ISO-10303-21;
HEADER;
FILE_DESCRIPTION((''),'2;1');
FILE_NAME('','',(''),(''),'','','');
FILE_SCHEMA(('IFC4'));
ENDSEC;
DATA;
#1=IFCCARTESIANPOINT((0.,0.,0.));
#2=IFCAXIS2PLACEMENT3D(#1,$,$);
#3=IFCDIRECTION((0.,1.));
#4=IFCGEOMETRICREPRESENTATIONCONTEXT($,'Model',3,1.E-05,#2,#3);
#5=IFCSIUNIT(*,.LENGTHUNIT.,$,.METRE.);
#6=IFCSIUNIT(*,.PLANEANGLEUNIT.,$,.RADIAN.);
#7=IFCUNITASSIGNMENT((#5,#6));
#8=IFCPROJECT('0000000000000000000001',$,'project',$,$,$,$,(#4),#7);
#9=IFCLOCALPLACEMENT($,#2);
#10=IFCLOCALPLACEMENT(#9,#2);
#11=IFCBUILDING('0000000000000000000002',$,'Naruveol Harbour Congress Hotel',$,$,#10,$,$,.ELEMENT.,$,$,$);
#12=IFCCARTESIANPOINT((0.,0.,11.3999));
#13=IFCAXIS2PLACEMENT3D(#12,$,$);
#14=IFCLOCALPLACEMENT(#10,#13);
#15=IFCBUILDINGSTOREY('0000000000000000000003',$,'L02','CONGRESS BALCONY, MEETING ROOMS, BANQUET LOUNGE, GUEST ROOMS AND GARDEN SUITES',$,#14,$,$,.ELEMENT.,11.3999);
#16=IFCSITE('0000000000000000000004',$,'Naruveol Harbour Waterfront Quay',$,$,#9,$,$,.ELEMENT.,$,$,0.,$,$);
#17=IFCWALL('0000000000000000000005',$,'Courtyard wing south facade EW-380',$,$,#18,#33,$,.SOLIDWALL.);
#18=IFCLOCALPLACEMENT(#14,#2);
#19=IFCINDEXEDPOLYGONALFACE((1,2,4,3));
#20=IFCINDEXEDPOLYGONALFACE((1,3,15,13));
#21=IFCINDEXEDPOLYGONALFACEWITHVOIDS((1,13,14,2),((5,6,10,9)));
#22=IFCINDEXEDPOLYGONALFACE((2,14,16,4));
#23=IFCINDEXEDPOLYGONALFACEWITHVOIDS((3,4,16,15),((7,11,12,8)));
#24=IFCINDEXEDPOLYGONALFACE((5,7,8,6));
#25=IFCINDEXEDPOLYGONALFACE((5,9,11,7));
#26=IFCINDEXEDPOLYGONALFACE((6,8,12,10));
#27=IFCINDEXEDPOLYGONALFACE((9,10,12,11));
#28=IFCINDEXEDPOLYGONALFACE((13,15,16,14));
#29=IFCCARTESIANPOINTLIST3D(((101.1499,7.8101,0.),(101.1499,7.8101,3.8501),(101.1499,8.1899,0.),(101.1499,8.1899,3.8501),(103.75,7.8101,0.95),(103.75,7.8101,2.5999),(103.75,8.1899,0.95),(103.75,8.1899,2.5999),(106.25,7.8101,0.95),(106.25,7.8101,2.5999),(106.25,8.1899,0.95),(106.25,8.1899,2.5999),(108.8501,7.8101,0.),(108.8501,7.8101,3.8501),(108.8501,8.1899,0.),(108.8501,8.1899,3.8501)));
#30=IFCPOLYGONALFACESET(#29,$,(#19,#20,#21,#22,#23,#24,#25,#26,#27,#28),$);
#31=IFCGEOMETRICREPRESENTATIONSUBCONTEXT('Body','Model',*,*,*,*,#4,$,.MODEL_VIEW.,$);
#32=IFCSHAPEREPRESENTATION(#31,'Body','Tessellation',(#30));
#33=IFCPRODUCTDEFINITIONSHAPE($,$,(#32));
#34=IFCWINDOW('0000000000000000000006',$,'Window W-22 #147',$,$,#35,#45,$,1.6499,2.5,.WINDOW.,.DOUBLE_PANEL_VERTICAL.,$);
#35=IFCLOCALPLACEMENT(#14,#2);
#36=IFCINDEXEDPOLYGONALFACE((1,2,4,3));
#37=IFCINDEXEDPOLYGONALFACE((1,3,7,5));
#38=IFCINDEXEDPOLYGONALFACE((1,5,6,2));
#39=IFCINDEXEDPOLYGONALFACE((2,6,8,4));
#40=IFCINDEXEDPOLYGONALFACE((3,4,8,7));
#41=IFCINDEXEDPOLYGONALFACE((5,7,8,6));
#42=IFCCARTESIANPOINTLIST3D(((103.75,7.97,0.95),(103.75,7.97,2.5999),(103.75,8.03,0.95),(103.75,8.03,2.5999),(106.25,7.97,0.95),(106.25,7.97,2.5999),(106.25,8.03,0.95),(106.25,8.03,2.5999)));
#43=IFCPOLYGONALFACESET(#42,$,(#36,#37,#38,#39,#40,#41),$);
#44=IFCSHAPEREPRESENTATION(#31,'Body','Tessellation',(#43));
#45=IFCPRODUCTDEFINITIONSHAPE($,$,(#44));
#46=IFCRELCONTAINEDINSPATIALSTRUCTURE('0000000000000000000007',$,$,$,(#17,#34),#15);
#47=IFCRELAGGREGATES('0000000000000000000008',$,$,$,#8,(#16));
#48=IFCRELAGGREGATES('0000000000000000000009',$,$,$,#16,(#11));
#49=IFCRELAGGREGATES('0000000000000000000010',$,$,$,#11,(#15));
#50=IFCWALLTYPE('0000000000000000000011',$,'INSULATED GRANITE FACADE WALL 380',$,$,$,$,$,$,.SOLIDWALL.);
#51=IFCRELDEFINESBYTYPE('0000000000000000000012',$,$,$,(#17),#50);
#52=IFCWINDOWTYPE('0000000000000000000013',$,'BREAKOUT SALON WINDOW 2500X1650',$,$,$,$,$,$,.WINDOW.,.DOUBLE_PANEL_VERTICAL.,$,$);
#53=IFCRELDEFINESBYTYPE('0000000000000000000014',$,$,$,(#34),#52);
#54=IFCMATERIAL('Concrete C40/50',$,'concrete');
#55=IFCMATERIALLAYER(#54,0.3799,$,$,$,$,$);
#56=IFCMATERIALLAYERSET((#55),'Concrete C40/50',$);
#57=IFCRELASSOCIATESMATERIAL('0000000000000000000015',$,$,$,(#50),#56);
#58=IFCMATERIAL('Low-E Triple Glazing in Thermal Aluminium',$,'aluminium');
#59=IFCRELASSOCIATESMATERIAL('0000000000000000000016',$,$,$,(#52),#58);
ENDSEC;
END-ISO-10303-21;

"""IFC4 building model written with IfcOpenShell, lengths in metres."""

from ifc_helpers import new_model, si_unit, direction, frame, frame_2d, origin, place, context, subcontext, project, spatial, rectangle, extrude, material, layer, layer_set, type_object, element, fill, save


model = new_model("IFC4")

# Units and contexts
model_context = context("Model", 3, precision=1e-05, world=origin(), true_north=direction((0.0, 1.0)))
body_context = subcontext(model_context, "Body", "Model", "MODEL_VIEW")
ifc_project = project(units=[si_unit("LENGTHUNIT", "METRE"), si_unit("PLANEANGLEUNIT", "RADIAN")], contexts=[model_context])

# Site, building, storey
site_placement = place(None, origin())
site = spatial("IfcSite", under=ifc_project, at=site_placement, Name="Naruveol Harbour Waterfront Quay", CompositionType="ELEMENT", RefElevation=0.0)
building_placement = place(site_placement, origin())
building = spatial("IfcBuilding", under=site, at=building_placement, Name="Naruveol Harbour Congress Hotel", CompositionType="ELEMENT")
storey_placement = place(building_placement, frame((0.0, 0.0, 11.3999)))
storey = spatial("IfcBuildingStorey", under=building, at=storey_placement, Name="L02", Description="CONGRESS BALCONY, MEETING ROOMS, BANQUET LOUNGE, GUEST ROOMS AND GARDEN SUITES", CompositionType="ELEMENT", Elevation=11.3999)

# Wall, opening, window
ifc_material_1 = material(Name="Concrete C40/50", Category="concrete")
ifc_layer_1 = layer(ifc_material_1, 0.3799)
ifc_layer_set_1 = layer_set([ifc_layer_1], Name="Concrete C40/50")
wall_type_1 = type_object("IfcWallType", Name="INSULATED GRANITE FACADE WALL 380", PredefinedType="SOLIDWALL", material=ifc_layer_set_1)
wall_1_placement = place(storey_placement, frame((108.8501, 8.0, 0.0), z_axis=(0.0, 0.0, 1.0), x_axis=(-1.0, 0.0, 0.0)))
wall_1 = element("IfcWall", 1, at=wall_1_placement, inside=storey, type_object=wall_type_1, Name="Courtyard wing south facade EW-380", PredefinedType="SOLIDWALL", context=body_context, shape_type="SweptSolid", body=[
    extrude(rectangle(XDim=7.7002, YDim=0.3799, at=frame_2d((3.8501, 0.0))), origin(), (0.0, 0.0, 1.0), 3.8501),
])
opening_1_placement = place(wall_1_placement, frame((2.6001, 0.0, 0.95)))
opening_1 = element("IfcOpeningElement", 2, at=opening_1_placement, cuts=wall_1, PredefinedType="OPENING", context=body_context, shape_type="SweptSolid", body=[
    extrude(rectangle(XDim=2.5, YDim=1.6499, at=frame_2d((1.25, 0.825))), frame((0.0, 0.2, 0.0), z_axis=(0.0, -1.0, 0.0), x_axis=(1.0, 0.0, 0.0)), (0.0, 0.0, 1.0), 0.3999),
])
ifc_material_2 = material(Name="Low-E Triple Glazing in Thermal Aluminium", Category="aluminium")
window_type = type_object("IfcWindowType", Name="BREAKOUT SALON WINDOW 2500X1650", PartitioningType="DOUBLE_PANEL_VERTICAL", PredefinedType="WINDOW", material=ifc_material_2)
window_placement = place(opening_1_placement, origin())
window = element("IfcWindow", 3, at=window_placement, inside=storey, type_object=window_type, Name="Window W-22 #147", OverallHeight=1.6499, OverallWidth=2.5, PartitioningType="DOUBLE_PANEL_VERTICAL", PredefinedType="WINDOW", context=body_context, shape_type="SweptSolid", body=[
    extrude(rectangle(XDim=2.5, YDim=1.6499, at=frame_2d((1.25, 0.825))), frame((0.0, 0.03, 0.0), z_axis=(0.0, -1.0, 0.0), x_axis=(1.0, 0.0, 0.0)), (0.0, 0.0, 1.0), 0.0601),
])
fill(opening_1, window)

save(model, "model.ifc")
